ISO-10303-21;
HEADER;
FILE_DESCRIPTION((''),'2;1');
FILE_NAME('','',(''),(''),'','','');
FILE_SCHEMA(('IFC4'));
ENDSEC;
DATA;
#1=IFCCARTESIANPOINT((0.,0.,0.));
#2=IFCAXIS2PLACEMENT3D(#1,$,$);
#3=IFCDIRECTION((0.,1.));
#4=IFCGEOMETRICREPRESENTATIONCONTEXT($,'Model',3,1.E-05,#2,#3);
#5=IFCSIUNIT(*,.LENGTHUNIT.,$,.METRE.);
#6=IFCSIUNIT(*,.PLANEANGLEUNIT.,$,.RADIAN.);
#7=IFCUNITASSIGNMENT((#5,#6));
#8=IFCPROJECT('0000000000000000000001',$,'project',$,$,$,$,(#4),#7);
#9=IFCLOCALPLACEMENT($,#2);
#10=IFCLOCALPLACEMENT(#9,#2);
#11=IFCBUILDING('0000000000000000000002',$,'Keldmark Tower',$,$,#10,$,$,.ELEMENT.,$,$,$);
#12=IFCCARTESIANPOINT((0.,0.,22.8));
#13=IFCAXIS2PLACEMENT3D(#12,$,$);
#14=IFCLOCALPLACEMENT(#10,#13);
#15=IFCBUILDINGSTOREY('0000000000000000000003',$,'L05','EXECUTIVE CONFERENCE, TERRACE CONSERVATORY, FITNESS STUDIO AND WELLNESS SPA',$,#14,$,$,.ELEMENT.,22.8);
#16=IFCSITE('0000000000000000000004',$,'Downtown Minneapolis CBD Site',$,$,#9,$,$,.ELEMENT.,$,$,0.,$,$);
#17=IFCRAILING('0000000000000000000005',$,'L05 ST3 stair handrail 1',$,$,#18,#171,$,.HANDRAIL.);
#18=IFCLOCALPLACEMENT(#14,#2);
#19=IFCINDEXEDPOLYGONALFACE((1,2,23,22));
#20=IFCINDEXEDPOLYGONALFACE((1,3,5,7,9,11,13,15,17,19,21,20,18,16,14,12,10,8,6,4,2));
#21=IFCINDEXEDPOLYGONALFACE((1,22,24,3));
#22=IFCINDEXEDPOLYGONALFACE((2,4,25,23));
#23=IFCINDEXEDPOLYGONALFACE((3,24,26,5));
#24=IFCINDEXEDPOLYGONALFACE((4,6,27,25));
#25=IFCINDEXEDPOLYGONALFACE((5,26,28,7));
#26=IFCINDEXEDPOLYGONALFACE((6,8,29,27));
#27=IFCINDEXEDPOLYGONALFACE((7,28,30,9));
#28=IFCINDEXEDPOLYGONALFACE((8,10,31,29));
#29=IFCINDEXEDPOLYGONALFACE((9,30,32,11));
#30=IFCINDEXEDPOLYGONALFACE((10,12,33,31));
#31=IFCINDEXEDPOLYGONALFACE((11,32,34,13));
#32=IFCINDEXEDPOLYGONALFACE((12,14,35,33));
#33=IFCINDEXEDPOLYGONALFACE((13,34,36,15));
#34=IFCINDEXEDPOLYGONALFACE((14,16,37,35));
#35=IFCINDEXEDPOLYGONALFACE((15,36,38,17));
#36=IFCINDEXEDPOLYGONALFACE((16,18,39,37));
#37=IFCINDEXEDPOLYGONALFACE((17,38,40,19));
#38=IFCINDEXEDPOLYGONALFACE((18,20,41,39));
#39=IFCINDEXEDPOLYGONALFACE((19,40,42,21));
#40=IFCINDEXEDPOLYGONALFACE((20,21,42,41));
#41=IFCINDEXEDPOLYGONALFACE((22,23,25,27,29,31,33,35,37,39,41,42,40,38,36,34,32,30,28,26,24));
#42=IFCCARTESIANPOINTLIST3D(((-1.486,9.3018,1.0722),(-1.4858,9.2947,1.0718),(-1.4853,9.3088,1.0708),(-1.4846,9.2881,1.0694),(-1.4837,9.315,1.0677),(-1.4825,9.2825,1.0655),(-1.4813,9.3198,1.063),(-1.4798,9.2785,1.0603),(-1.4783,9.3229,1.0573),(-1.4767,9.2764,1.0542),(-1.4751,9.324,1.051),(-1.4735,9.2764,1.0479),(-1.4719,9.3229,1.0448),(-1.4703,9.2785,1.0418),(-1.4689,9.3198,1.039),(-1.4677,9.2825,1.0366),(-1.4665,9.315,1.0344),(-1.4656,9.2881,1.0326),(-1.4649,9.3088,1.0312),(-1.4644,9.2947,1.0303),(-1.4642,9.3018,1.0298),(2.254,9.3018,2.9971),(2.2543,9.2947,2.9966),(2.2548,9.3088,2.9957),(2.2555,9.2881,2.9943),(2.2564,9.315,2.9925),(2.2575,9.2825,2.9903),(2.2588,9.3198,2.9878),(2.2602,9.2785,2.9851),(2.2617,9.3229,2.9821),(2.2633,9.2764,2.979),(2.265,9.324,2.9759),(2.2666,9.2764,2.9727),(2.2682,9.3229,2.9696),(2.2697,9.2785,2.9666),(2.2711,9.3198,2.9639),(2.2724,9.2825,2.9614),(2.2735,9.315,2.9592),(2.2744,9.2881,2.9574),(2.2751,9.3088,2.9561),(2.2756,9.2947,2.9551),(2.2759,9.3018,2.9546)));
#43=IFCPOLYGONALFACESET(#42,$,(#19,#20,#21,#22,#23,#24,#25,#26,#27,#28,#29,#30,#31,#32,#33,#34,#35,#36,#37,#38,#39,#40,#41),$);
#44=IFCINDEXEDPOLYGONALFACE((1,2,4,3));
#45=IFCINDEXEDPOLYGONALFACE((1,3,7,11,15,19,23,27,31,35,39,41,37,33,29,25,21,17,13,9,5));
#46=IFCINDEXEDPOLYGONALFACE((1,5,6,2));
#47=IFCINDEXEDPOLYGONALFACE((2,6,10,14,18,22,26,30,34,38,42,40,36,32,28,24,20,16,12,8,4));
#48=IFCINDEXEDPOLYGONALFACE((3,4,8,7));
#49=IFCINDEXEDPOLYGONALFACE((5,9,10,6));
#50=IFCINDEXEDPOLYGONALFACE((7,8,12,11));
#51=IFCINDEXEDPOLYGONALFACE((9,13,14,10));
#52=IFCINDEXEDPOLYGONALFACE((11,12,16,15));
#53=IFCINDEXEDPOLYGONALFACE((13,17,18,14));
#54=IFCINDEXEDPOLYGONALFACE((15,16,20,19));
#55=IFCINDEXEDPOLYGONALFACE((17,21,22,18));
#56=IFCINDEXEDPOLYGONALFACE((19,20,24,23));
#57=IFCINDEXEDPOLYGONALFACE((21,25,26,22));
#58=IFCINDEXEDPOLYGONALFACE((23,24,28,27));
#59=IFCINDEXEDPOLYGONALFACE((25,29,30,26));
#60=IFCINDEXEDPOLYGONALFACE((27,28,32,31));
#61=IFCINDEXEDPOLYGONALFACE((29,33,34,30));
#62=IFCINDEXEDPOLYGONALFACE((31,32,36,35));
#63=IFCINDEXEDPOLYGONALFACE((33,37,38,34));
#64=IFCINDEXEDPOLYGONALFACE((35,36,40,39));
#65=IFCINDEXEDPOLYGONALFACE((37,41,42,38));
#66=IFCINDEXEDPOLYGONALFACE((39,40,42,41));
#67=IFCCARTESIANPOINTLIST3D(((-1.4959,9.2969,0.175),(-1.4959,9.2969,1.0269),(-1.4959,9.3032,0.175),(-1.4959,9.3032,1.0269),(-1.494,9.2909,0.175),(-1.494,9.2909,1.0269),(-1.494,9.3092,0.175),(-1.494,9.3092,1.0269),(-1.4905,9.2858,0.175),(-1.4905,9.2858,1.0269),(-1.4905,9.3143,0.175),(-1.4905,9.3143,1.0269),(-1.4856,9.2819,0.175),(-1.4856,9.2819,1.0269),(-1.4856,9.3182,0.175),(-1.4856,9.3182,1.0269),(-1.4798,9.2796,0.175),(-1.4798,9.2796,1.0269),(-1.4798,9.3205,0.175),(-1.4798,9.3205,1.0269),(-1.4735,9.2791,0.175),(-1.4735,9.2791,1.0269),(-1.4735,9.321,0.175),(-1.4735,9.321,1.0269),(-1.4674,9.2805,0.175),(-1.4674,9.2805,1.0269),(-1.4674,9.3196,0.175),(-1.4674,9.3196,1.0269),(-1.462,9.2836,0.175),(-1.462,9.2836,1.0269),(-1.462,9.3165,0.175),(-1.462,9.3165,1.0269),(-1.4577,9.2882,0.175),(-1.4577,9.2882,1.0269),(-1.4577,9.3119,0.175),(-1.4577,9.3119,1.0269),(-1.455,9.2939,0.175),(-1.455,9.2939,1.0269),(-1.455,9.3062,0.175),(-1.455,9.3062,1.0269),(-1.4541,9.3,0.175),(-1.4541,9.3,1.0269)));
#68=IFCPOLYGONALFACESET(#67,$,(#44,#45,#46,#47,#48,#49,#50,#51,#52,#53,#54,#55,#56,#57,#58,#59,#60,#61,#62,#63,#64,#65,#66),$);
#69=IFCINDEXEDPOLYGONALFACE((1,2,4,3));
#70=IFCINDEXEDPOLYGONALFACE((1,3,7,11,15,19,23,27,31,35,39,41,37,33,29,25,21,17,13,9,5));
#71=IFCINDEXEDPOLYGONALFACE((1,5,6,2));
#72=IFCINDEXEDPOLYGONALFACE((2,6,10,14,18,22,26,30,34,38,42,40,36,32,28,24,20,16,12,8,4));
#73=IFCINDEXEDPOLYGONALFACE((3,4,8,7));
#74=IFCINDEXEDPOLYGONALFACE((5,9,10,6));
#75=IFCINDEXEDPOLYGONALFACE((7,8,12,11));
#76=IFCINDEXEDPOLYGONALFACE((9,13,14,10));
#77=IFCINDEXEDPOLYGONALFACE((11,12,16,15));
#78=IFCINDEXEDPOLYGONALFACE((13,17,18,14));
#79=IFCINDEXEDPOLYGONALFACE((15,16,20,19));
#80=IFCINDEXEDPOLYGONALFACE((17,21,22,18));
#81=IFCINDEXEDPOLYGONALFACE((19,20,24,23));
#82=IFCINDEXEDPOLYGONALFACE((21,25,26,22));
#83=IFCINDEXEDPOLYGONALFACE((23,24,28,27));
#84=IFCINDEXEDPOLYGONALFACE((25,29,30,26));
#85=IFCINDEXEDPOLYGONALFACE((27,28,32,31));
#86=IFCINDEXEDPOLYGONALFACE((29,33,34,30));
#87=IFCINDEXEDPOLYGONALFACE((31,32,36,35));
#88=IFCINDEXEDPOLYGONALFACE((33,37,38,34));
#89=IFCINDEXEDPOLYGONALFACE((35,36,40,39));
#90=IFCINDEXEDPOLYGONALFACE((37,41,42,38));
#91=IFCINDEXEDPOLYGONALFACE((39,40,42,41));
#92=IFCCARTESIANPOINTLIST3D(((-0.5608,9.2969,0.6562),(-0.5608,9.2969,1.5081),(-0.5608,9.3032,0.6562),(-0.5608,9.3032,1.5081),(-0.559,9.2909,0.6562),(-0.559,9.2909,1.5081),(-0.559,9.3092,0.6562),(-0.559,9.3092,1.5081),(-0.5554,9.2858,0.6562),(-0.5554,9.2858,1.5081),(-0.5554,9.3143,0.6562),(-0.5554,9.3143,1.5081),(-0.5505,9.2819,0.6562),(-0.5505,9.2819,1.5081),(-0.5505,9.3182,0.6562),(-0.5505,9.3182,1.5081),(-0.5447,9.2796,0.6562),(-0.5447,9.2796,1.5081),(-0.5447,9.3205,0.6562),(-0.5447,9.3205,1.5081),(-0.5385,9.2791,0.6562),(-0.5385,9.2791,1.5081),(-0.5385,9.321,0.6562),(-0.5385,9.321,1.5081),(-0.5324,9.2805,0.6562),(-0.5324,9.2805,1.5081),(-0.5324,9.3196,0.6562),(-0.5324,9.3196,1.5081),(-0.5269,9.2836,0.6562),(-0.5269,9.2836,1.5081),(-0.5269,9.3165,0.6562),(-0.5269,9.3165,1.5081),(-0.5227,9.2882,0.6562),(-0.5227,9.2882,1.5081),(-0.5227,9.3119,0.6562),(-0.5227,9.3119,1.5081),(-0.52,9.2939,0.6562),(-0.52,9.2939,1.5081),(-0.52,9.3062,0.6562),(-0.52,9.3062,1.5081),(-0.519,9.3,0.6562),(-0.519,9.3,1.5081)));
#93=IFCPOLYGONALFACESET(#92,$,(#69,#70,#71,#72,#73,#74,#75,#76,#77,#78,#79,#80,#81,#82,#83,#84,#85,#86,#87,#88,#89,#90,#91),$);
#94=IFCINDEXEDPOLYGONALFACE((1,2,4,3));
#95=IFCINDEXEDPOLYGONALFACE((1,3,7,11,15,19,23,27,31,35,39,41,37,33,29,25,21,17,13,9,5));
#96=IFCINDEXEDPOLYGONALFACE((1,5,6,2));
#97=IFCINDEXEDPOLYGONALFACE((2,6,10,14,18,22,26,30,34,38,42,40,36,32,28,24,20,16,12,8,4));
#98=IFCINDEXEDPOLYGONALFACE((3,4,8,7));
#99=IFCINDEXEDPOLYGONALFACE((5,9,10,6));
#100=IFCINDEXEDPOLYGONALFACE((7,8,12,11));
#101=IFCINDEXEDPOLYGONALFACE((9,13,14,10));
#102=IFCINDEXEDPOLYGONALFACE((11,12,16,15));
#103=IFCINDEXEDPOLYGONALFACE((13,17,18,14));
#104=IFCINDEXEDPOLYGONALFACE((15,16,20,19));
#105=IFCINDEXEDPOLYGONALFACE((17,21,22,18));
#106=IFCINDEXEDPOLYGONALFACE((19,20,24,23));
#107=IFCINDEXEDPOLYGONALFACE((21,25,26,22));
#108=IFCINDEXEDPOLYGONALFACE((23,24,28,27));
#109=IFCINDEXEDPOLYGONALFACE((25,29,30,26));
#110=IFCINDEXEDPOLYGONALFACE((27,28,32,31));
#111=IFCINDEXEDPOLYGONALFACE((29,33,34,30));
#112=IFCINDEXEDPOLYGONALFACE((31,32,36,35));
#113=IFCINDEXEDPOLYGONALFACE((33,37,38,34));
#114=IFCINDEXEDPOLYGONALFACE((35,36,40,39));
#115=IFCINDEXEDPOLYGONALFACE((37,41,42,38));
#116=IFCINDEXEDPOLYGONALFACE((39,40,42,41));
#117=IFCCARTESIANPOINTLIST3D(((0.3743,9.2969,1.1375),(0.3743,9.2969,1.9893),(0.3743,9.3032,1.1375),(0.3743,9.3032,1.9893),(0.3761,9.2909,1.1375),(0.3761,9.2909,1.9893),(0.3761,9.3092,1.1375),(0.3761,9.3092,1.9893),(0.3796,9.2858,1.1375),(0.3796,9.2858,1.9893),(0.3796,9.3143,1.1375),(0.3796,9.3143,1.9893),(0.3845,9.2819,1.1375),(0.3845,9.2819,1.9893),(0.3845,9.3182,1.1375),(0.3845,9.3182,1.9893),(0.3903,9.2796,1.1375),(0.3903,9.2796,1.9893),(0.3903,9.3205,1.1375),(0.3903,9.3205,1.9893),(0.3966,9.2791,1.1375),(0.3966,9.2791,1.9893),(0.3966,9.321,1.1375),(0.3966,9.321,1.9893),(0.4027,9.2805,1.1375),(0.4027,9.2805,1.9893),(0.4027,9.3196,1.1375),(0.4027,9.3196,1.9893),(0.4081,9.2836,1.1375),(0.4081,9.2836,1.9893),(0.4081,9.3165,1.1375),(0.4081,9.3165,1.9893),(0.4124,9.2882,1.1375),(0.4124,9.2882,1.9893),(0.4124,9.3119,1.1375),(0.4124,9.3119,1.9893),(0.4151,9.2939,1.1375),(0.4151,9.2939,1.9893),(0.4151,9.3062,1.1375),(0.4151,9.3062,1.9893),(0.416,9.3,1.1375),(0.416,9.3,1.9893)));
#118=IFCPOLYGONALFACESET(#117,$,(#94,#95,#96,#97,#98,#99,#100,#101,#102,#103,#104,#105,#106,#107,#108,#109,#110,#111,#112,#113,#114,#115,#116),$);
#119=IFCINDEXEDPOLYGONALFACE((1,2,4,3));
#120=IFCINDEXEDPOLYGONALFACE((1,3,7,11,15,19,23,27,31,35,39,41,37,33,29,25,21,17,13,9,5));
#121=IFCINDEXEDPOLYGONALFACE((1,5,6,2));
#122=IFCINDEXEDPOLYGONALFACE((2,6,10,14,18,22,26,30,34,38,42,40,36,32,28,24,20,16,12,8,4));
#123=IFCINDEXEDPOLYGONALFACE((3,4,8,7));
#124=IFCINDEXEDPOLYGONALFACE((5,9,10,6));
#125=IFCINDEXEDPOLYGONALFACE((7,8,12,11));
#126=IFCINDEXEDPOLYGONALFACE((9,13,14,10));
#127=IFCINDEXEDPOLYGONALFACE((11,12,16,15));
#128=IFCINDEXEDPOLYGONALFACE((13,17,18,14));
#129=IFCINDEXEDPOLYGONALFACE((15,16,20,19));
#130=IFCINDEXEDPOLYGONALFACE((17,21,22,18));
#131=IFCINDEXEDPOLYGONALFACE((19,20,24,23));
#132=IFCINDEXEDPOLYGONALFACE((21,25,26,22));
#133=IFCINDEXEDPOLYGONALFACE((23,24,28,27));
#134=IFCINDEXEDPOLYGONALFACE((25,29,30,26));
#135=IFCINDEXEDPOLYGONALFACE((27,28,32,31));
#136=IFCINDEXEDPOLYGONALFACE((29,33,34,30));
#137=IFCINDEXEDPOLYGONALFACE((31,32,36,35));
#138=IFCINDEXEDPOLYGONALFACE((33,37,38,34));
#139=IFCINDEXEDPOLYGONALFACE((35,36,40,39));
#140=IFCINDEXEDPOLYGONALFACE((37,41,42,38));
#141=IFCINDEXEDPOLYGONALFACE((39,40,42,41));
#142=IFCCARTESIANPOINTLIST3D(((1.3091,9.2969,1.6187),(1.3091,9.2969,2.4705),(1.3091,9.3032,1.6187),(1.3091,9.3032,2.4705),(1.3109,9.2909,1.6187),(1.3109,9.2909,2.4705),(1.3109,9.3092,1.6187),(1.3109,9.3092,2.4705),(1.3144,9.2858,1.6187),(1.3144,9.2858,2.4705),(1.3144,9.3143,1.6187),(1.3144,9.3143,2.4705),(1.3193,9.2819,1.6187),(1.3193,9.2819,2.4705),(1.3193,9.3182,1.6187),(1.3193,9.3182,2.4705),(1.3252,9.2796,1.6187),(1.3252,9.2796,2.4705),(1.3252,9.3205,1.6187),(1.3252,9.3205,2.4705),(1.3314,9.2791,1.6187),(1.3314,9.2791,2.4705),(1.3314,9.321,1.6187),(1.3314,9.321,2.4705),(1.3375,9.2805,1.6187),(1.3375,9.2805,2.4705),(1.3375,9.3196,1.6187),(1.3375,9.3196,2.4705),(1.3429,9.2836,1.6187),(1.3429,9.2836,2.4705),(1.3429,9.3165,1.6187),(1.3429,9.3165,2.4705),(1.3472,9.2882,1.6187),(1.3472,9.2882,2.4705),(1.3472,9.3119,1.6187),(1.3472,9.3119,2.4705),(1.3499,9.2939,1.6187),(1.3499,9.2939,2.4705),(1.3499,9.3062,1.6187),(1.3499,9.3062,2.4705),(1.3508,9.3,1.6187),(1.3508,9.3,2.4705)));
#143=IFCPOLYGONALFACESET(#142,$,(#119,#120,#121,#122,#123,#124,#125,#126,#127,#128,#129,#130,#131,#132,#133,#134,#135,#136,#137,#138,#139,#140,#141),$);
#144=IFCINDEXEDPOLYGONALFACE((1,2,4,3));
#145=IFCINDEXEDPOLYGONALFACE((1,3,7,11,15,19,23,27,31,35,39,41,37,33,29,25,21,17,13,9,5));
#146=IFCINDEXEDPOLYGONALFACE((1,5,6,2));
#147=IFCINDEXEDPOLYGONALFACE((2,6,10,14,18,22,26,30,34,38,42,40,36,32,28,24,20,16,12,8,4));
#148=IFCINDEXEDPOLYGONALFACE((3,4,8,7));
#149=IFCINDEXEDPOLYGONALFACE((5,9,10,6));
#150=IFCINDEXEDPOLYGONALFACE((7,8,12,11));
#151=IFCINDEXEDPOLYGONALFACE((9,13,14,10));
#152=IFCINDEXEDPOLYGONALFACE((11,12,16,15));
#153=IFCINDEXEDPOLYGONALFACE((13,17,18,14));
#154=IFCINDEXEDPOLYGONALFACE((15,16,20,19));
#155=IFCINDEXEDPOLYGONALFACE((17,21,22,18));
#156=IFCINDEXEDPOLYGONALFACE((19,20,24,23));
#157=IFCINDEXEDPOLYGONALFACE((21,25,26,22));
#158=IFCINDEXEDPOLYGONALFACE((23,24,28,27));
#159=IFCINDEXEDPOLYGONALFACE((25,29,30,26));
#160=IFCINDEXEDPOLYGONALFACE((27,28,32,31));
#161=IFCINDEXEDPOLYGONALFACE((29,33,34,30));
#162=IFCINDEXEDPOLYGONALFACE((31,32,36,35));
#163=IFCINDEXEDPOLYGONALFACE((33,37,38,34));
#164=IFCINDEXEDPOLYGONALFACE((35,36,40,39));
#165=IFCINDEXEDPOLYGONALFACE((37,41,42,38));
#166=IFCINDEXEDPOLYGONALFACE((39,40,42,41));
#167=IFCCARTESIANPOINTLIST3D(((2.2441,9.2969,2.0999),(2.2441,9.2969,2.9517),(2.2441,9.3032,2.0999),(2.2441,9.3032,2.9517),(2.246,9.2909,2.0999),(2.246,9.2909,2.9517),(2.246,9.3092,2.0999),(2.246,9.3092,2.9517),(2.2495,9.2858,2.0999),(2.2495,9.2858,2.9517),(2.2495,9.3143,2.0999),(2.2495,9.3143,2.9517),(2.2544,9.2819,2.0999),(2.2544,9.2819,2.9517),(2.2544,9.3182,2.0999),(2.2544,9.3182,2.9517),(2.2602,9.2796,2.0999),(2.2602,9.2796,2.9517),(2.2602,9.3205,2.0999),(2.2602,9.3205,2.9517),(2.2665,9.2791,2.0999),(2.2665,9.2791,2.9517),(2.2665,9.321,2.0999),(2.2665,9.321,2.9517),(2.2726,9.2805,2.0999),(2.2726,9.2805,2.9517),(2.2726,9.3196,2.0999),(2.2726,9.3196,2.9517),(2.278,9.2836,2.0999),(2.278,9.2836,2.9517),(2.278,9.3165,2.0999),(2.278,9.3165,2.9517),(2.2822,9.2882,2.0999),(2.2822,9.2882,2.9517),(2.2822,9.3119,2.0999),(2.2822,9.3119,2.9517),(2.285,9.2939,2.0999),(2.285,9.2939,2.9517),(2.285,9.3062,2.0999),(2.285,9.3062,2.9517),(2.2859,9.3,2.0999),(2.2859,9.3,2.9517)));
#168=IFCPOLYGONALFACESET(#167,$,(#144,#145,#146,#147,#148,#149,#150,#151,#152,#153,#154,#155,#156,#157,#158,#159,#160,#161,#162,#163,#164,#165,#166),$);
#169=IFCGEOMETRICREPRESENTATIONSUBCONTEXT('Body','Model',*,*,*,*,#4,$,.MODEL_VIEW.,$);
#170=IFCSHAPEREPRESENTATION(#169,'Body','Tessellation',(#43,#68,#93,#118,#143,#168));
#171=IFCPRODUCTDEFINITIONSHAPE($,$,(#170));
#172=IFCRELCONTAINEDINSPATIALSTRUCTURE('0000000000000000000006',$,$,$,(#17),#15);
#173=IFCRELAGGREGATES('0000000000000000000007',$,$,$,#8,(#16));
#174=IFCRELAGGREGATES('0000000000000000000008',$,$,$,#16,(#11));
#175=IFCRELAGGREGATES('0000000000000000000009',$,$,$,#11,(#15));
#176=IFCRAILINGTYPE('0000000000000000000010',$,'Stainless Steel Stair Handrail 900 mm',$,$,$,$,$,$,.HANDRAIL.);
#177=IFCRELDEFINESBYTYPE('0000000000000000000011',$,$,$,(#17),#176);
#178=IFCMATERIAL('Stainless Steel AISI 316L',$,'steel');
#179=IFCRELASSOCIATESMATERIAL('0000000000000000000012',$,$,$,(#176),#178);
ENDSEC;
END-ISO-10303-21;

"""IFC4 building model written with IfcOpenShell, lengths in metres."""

from ifc_helpers import new_model, si_unit, direction, frame, origin, origin_2d, place, context, subcontext, project, spatial, circle, extrude, material, type_object, element, save


model = new_model("IFC4")

# Units and contexts
model_context = context("Model", 3, precision=1e-05, world=origin(), true_north=direction((0.0, 1.0)))
body_context = subcontext(model_context, "Body", "Model", "MODEL_VIEW")
ifc_project = project(units=[si_unit("LENGTHUNIT", "METRE"), si_unit("PLANEANGLEUNIT", "RADIAN")], contexts=[model_context])

# Site, building, storey
site_placement = place(None, origin())
site = spatial("IfcSite", under=ifc_project, at=site_placement, Name="Downtown Minneapolis CBD Site", CompositionType="ELEMENT", RefElevation=0.0)
building_placement = place(site_placement, origin())
building = spatial("IfcBuilding", under=site, at=building_placement, Name="Keldmark Tower", CompositionType="ELEMENT")
storey_placement = place(building_placement, frame((0.0, 0.0, 22.8)))
storey = spatial("IfcBuildingStorey", under=building, at=storey_placement, Name="L05", Description="EXECUTIVE CONFERENCE, TERRACE CONSERVATORY, FITNESS STUDIO AND WELLNESS SPA", CompositionType="ELEMENT", Elevation=22.8)

# Railing
ifc_material_1 = material(Name="Stainless Steel AISI 316L", Category="steel")
railing_type_1 = type_object("IfcRailingType", Name="Stainless Steel Stair Handrail 900 mm", PredefinedType="HANDRAIL", material=ifc_material_1)
railing_1_placement = place(storey_placement, frame((-1.4751, 9.3, 0.175)))
element("IfcRailing", 1, at=railing_1_placement, inside=storey, type_object=railing_type_1, Name="L05 ST3 stair handrail 1", PredefinedType="HANDRAIL", context=body_context, shape_type="SweptSolid", body=[
    extrude(circle(Radius=0.0239, at=origin_2d()), frame((0.0, 0.0, 0.876), z_axis=(0.889154, 0.0, 0.457608), x_axis=(0.0, 1.0, 0.0)), (0.0, 0.0, 1.0), 4.2063),
    extrude(circle(Radius=0.021, at=origin_2d()), origin(), (0.0, 0.0, 1.0), 0.8518),
    extrude(circle(Radius=0.021, at=origin_2d()), frame((0.9351, 0.0, 0.4812)), (0.0, 0.0, 1.0), 0.8518),
    extrude(circle(Radius=0.021, at=origin_2d()), frame((1.8701, 0.0, 0.9624)), (0.0, 0.0, 1.0), 0.8518),
    extrude(circle(Radius=0.021, at=origin_2d()), frame((2.8049, 0.0, 1.4436)), (0.0, 0.0, 1.0), 0.8518),
    extrude(circle(Radius=0.021, at=origin_2d()), frame((3.74, 0.0, 1.9248)), (0.0, 0.0, 1.0), 0.8518),
])

save(model, "model.ifc")
